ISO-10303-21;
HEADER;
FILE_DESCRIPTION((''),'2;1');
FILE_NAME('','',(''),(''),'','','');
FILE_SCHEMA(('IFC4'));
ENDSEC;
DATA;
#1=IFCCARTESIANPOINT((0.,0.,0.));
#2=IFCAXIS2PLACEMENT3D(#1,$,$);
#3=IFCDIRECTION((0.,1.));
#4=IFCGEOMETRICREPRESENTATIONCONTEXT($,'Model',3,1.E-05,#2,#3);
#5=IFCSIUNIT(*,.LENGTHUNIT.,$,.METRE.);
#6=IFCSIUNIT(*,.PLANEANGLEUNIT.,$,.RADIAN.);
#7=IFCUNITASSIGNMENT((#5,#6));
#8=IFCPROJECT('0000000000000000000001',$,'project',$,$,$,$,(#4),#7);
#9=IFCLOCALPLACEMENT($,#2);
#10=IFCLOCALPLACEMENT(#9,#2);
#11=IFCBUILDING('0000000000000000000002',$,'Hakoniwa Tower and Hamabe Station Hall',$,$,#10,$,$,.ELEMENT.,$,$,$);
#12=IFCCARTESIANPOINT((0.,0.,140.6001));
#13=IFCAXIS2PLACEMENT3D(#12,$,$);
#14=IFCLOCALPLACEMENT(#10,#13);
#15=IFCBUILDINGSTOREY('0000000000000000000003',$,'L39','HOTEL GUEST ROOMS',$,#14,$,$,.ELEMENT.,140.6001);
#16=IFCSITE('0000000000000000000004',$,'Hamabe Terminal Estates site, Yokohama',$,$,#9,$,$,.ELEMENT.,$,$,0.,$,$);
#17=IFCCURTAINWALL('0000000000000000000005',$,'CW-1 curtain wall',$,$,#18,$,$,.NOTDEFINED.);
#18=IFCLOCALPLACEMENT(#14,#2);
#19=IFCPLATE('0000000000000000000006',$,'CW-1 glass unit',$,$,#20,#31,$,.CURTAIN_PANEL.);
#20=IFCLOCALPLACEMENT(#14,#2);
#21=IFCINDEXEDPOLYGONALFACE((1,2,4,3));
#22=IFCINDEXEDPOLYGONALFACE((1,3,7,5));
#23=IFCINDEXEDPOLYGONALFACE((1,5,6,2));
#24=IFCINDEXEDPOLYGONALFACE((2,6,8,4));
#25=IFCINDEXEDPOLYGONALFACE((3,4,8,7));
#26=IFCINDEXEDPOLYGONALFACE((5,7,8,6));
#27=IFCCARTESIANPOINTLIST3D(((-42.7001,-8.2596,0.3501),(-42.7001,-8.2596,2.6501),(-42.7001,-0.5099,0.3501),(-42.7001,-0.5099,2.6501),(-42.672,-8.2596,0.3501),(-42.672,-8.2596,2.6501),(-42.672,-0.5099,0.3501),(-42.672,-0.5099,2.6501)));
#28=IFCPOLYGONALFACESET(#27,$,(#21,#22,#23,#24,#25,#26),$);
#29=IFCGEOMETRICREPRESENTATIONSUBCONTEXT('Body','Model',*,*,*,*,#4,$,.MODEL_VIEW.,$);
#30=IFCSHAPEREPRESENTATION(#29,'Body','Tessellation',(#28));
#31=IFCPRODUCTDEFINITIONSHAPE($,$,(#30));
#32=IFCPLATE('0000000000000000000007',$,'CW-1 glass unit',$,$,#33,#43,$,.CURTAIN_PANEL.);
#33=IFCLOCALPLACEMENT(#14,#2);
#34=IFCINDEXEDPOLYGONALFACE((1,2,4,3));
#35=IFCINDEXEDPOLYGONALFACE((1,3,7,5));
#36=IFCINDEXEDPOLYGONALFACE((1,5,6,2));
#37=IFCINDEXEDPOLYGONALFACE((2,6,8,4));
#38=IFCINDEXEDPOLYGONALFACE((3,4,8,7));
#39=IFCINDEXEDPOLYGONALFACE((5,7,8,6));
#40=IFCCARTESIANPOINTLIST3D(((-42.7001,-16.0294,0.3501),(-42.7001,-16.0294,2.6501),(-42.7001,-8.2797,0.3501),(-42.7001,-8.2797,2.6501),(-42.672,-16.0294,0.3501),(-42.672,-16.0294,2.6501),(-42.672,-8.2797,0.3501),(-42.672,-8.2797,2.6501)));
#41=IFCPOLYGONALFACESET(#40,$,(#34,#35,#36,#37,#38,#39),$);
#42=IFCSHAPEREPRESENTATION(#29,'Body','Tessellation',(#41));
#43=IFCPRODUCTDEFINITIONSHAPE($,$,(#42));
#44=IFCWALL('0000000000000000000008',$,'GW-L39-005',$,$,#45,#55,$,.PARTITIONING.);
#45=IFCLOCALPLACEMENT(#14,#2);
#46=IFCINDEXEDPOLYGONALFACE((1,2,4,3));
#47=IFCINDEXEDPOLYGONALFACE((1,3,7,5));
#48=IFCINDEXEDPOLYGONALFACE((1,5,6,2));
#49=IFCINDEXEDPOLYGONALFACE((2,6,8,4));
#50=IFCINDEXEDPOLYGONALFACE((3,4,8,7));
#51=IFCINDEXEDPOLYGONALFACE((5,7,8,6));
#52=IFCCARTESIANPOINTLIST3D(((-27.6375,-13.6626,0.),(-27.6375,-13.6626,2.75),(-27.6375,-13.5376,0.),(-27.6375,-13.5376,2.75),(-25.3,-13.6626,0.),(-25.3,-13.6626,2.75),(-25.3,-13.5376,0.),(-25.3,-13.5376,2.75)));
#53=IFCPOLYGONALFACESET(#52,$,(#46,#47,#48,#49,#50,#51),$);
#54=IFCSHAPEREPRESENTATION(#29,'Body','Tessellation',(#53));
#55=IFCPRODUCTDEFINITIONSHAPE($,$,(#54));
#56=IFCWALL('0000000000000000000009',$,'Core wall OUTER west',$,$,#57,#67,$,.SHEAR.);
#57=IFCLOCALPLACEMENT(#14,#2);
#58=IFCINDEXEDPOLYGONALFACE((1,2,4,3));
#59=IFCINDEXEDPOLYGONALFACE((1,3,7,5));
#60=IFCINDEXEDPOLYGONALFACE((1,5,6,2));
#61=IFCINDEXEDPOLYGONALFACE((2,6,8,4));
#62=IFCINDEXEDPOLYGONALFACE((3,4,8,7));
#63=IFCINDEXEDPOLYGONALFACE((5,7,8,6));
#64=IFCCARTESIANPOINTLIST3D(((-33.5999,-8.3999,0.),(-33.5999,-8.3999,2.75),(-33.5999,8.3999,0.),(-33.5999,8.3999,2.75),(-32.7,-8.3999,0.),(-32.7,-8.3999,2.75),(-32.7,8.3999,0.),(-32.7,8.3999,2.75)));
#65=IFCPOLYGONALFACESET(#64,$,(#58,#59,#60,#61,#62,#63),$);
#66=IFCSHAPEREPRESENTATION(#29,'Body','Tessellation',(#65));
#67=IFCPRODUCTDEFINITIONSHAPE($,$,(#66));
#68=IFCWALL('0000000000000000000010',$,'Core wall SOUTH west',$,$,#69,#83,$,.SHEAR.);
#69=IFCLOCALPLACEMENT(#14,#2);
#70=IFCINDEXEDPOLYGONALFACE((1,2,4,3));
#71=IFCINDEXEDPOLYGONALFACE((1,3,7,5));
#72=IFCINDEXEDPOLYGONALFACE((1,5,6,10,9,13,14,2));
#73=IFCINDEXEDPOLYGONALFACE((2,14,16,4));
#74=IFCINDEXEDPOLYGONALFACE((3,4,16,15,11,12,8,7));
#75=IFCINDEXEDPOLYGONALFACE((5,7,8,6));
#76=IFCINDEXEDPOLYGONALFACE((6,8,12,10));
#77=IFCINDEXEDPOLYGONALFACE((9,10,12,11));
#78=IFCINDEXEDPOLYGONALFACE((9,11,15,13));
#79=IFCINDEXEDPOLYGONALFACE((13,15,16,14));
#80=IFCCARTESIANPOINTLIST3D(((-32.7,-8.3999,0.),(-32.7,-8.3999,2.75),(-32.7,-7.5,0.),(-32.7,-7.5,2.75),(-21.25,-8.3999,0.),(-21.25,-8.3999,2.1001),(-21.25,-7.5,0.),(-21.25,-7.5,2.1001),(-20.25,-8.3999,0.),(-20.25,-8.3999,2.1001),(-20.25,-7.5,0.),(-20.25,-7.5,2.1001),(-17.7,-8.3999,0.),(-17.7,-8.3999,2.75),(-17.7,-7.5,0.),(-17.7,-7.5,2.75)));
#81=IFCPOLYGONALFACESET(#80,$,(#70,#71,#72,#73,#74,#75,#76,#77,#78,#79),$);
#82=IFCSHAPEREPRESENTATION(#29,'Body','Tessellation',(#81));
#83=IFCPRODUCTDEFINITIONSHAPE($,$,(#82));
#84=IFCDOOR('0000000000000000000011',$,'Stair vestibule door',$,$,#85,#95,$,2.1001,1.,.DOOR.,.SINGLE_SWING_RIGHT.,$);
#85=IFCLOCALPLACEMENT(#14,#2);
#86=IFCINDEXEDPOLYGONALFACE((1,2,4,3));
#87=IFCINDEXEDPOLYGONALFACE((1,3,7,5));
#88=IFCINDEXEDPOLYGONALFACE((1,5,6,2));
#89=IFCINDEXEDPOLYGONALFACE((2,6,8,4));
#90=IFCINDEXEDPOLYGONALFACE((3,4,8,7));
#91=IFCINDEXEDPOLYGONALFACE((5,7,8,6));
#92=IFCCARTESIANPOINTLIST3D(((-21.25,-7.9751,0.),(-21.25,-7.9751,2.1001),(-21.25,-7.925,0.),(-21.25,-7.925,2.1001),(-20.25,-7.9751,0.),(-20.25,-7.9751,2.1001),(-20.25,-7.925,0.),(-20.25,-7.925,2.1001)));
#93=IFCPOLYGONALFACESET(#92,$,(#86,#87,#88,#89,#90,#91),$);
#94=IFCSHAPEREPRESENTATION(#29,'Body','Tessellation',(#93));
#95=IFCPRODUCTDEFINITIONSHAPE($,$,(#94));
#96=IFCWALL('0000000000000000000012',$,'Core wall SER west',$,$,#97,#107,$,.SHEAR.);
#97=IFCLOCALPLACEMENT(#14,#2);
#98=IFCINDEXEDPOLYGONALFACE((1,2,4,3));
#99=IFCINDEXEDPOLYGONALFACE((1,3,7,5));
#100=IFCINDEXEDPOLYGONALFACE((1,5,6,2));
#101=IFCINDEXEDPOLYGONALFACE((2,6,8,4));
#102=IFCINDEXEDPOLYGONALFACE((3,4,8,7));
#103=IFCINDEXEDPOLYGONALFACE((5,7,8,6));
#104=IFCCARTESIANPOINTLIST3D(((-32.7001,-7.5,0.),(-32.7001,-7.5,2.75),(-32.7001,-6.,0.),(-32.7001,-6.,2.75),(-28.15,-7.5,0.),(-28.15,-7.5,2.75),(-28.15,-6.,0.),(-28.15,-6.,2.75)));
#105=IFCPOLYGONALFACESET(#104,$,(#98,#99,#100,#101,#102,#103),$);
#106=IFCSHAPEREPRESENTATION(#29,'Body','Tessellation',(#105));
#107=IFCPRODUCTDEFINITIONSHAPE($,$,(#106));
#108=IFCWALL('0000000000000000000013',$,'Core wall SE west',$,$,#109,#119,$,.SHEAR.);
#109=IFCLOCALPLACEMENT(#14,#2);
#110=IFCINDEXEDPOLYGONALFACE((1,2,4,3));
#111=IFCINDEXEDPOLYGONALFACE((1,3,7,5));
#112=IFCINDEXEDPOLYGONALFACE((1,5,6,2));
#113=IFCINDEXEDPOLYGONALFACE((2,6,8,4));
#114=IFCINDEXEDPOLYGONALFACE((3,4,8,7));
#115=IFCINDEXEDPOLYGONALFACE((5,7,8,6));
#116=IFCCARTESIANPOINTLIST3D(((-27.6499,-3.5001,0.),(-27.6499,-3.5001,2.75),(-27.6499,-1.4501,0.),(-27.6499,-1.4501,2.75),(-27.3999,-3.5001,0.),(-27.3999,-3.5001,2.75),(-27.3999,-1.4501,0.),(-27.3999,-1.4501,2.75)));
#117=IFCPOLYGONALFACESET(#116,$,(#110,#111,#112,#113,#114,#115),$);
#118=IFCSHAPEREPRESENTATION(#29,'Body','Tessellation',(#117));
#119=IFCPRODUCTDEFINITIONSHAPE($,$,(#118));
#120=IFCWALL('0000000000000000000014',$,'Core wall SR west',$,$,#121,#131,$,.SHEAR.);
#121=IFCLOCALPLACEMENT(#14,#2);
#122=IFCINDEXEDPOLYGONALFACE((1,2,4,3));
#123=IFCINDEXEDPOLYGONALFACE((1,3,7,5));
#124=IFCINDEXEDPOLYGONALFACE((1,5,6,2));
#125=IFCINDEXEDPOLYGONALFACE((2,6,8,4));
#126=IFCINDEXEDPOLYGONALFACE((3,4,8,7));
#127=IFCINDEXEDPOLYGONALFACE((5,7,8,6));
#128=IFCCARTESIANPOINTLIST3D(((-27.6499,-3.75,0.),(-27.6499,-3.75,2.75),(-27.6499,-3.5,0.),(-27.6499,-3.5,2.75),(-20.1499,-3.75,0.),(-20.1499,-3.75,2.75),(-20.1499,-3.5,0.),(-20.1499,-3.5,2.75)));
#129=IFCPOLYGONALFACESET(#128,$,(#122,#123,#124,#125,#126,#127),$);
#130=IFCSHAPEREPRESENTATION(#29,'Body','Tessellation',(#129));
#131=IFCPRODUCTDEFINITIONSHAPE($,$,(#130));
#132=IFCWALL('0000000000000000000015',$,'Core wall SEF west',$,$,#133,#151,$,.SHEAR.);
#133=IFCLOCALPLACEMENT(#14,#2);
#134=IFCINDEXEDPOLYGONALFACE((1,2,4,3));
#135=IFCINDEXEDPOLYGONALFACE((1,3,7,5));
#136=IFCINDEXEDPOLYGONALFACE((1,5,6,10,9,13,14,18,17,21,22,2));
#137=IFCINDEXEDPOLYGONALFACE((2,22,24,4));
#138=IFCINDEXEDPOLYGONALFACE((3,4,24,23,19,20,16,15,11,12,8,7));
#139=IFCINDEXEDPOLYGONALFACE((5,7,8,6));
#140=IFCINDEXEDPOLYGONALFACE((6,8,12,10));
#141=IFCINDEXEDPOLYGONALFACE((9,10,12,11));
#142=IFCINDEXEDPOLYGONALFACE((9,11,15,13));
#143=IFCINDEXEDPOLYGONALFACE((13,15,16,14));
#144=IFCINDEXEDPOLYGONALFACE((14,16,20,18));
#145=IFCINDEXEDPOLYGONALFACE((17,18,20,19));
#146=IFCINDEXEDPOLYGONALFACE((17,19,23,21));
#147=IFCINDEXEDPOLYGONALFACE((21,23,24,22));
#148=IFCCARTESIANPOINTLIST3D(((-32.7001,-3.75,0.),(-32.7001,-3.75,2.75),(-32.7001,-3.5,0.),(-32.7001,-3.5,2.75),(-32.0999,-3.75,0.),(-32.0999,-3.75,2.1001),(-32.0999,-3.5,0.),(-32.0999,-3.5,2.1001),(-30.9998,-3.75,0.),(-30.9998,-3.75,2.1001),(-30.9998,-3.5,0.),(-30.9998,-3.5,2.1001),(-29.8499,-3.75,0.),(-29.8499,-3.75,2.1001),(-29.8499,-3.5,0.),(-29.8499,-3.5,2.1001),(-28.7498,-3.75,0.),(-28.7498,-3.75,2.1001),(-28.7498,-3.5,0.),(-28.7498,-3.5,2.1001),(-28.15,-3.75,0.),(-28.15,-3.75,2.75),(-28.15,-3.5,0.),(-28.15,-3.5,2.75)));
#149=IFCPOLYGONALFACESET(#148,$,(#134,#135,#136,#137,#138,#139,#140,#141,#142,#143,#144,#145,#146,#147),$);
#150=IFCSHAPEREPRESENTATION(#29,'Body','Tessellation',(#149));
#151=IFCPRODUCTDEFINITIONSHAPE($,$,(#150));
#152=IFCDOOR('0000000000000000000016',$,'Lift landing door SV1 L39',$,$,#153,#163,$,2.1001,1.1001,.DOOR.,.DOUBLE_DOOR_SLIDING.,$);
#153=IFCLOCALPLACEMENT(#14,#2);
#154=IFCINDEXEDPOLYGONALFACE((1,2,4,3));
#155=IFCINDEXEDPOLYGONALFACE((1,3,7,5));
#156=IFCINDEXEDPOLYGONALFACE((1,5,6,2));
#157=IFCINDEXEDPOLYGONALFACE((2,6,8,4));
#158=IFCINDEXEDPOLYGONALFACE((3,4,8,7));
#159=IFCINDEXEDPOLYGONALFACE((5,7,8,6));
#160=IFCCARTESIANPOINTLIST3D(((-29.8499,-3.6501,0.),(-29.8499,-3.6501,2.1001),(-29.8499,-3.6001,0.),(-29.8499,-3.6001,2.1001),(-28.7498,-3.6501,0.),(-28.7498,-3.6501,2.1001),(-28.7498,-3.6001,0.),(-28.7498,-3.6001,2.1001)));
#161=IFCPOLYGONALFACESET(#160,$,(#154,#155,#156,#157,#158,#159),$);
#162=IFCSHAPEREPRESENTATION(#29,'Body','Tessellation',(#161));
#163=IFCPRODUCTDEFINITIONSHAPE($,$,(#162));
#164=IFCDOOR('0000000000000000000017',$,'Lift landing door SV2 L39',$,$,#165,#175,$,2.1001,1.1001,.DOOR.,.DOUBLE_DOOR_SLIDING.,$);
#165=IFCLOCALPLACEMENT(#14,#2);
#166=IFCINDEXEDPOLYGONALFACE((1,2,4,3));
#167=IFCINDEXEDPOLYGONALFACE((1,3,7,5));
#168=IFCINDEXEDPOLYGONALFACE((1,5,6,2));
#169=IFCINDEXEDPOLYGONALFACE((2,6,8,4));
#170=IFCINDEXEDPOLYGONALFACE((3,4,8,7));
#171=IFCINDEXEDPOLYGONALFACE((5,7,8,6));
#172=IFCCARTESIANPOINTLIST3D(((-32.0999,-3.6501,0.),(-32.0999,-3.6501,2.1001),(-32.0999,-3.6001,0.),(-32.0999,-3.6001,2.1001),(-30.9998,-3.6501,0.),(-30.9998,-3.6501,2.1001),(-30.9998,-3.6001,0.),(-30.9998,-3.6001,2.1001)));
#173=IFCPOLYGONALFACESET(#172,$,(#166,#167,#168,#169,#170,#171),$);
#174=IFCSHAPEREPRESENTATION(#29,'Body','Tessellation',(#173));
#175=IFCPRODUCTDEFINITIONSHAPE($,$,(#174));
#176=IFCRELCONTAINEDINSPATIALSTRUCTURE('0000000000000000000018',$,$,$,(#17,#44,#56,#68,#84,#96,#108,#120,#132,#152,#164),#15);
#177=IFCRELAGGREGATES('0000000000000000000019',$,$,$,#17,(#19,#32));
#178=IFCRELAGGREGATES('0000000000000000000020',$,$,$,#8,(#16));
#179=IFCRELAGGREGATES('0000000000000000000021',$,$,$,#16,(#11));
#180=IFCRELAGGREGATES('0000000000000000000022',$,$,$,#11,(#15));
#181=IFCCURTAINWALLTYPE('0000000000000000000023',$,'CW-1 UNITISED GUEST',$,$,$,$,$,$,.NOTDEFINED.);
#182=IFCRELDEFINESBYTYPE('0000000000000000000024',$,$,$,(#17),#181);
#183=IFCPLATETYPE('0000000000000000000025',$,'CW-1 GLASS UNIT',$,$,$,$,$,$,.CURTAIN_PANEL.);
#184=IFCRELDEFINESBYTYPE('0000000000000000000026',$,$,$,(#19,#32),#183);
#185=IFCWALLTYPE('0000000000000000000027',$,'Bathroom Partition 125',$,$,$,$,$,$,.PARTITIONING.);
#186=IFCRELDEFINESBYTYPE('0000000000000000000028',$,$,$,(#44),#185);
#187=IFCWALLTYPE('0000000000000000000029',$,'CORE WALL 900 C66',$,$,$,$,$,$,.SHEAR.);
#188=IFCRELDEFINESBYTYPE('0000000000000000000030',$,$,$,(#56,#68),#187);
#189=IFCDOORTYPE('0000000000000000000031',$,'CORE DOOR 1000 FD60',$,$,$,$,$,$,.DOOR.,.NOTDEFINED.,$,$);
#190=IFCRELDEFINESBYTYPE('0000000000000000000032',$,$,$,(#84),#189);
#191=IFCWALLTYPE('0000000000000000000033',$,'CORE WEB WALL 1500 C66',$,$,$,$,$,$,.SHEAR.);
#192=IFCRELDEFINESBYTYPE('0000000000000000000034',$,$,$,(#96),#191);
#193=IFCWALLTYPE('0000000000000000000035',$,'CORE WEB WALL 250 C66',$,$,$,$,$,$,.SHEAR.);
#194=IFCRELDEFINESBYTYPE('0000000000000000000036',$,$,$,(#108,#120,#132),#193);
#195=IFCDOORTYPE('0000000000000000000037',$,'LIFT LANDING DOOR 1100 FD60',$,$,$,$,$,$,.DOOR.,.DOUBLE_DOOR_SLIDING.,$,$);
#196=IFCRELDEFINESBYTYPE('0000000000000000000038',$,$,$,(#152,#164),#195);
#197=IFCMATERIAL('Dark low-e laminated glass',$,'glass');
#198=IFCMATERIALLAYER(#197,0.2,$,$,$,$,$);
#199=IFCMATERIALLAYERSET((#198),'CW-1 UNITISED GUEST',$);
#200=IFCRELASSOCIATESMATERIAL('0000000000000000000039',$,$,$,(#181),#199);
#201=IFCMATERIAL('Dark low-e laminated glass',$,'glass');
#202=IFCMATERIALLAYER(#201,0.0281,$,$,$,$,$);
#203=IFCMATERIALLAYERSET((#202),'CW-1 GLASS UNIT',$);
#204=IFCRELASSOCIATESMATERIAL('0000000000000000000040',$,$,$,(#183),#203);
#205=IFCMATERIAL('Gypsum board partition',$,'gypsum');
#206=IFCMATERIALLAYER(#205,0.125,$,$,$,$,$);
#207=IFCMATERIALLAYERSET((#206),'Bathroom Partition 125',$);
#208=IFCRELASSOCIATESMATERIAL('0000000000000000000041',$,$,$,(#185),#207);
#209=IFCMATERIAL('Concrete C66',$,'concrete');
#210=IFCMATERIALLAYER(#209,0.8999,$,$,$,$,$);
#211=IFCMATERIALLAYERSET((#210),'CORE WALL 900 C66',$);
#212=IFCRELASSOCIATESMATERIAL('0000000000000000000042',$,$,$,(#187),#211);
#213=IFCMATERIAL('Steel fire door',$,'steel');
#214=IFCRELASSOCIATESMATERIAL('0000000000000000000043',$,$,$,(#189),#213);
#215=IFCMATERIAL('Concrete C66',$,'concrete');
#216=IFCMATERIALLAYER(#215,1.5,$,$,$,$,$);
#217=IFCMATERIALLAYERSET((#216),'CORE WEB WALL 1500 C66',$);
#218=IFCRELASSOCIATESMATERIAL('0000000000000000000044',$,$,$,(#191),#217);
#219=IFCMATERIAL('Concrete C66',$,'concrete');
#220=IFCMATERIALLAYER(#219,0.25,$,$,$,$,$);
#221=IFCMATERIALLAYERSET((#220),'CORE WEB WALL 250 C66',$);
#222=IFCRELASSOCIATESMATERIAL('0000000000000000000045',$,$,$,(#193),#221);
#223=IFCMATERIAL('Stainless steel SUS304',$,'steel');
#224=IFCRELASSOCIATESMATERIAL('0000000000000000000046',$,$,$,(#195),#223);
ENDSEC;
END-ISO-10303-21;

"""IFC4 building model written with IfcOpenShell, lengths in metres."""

from ifc_helpers import new_model, si_unit, direction, frame, frame_2d, origin, origin_2d, place, context, subcontext, project, spatial, rectangle, extrude, material, layer, layer_set, type_object, element, fill, aggregate, save


model = new_model("IFC4")

# Units and contexts
model_context = context("Model", 3, precision=1e-05, world=origin(), true_north=direction((0.0, 1.0)))
body_context = subcontext(model_context, "Body", "Model", "MODEL_VIEW")
ifc_project = project(units=[si_unit("LENGTHUNIT", "METRE"), si_unit("PLANEANGLEUNIT", "RADIAN")], contexts=[model_context])

# Site, building, storey
site_placement = place(None, origin())
site = spatial("IfcSite", under=ifc_project, at=site_placement, Name="Hamabe Terminal Estates site, Yokohama", CompositionType="ELEMENT", RefElevation=0.0)
building_placement = place(site_placement, origin())
building = spatial("IfcBuilding", under=site, at=building_placement, Name="Hakoniwa Tower and Hamabe Station Hall", CompositionType="ELEMENT")
storey_placement = place(building_placement, frame((0.0, 0.0, 140.6001)))
storey = spatial("IfcBuildingStorey", under=building, at=storey_placement, Name="L39", Description="HOTEL GUEST ROOMS", CompositionType="ELEMENT", Elevation=140.6001)

# Curtain wall, plates
ifc_material_1 = material(Name="Dark low-e laminated glass", Category="glass")
ifc_layer_1 = layer(ifc_material_1, 0.2)
ifc_layer_set_1 = layer_set([ifc_layer_1], Name="CW-1 UNITISED GUEST")
curtain_wall_type = type_object("IfcCurtainWallType", Name="CW-1 UNITISED GUEST", PredefinedType="NOTDEFINED", material=ifc_layer_set_1)
curtain_wall_placement = place(storey_placement, origin())
curtain_wall = element("IfcCurtainWall", 1, at=curtain_wall_placement, inside=storey, type_object=curtain_wall_type, Name="CW-1 curtain wall", PredefinedType="NOTDEFINED")
ifc_material_2 = material(Name="Dark low-e laminated glass", Category="glass")
ifc_layer_2 = layer(ifc_material_2, 0.0281)
ifc_layer_set_2 = layer_set([ifc_layer_2], Name="CW-1 GLASS UNIT")
plate_type = type_object("IfcPlateType", Name="CW-1 GLASS UNIT", PredefinedType="CURTAIN_PANEL", material=ifc_layer_set_2)
plate_1_placement = place(storey_placement, frame((-42.686, -4.3848, 0.3501), z_axis=(0.0, 0.0, 1.0), x_axis=(0.0, -1.0, 0.0)))
plate_1 = element("IfcPlate", 2, at=plate_1_placement, type_object=plate_type, Name="CW-1 glass unit", PredefinedType="CURTAIN_PANEL", context=body_context, shape_type="SweptSolid", body=[
    extrude(rectangle(XDim=7.7498, YDim=0.0281, at=origin_2d()), origin(), (0.0, 0.0, 1.0), 2.3),
])
plate_2_placement = place(storey_placement, frame((-42.686, -12.1545, 0.3501), z_axis=(0.0, 0.0, 1.0), x_axis=(0.0, -1.0, 0.0)))
plate_2 = element("IfcPlate", 3, at=plate_2_placement, type_object=plate_type, Name="CW-1 glass unit", PredefinedType="CURTAIN_PANEL", context=body_context, shape_type="SweptSolid", body=[
    extrude(rectangle(XDim=7.7498, YDim=0.0281, at=origin_2d()), origin(), (0.0, 0.0, 1.0), 2.3),
])
aggregate(curtain_wall, [plate_1, plate_2])

# Walls
ifc_material_3 = material(Name="Gypsum board partition", Category="gypsum")
ifc_layer_3 = layer(ifc_material_3, 0.125)
ifc_layer_set_3 = layer_set([ifc_layer_3], Name="Bathroom Partition 125")
wall_type_1 = type_object("IfcWallType", Name="Bathroom Partition 125", PredefinedType="PARTITIONING", material=ifc_layer_set_3)
wall_1_placement = place(storey_placement, frame((-27.6375, -13.6001, 0.0), z_axis=(0.0, 0.0, 1.0), x_axis=(1.0, 0.0, 0.0)))
element("IfcWall", 4, at=wall_1_placement, inside=storey, type_object=wall_type_1, Name="GW-L39-005", PredefinedType="PARTITIONING", context=body_context, shape_type="SweptSolid", body=[
    extrude(rectangle(XDim=2.3374, YDim=0.125, at=frame_2d((1.1687, 0.0))), origin(), (0.0, 0.0, 1.0), 2.75),
])
ifc_material_4 = material(Name="Concrete C66", Category="concrete")
ifc_layer_4 = layer(ifc_material_4, 0.8999)
ifc_layer_set_4 = layer_set([ifc_layer_4], Name="CORE WALL 900 C66")
wall_type_2 = type_object("IfcWallType", Name="CORE WALL 900 C66", PredefinedType="SHEAR", material=ifc_layer_set_4)
wall_2_placement = place(storey_placement, frame((-33.1499, -8.3999, 0.0), z_axis=(0.0, 0.0, 1.0), x_axis=(0.0, 1.0, 0.0)))
element("IfcWall", 5, at=wall_2_placement, inside=storey, type_object=wall_type_2, Name="Core wall OUTER west", PredefinedType="SHEAR", context=body_context, shape_type="SweptSolid", body=[
    extrude(rectangle(XDim=16.7998, YDim=0.8999, at=frame_2d((8.3999, 0.0))), origin(), (0.0, 0.0, 1.0), 2.75),
])

# Wall, opening, door
wall_3_placement = place(storey_placement, frame((-32.7, -7.95, 0.0), z_axis=(0.0, 0.0, 1.0), x_axis=(1.0, 0.0, 0.0)))
wall_3 = element("IfcWall", 6, at=wall_3_placement, inside=storey, type_object=wall_type_2, Name="Core wall SOUTH west", PredefinedType="SHEAR", context=body_context, shape_type="SweptSolid", body=[
    extrude(rectangle(XDim=15.0, YDim=0.8999, at=frame_2d((7.5, 0.0))), origin(), (0.0, 0.0, 1.0), 2.75),
])
opening_1_placement = place(wall_3_placement, frame((11.45, 0.0, 0.0)))
opening_1 = element("IfcOpeningElement", 7, at=opening_1_placement, cuts=wall_3, PredefinedType="OPENING", context=body_context, shape_type="SweptSolid", body=[
    extrude(rectangle(XDim=1.0, YDim=2.1001, at=frame_2d((0.5, 1.05))), frame((0.0, 0.46, 0.0), z_axis=(0.0, -1.0, 0.0), x_axis=(1.0, 0.0, 0.0)), (0.0, 0.0, 1.0), 0.9199),
])
ifc_material_5 = material(Name="Steel fire door", Category="steel")
door_type_1 = type_object("IfcDoorType", Name="CORE DOOR 1000 FD60", OperationType="NOTDEFINED", PredefinedType="DOOR", material=ifc_material_5)
door_1_placement = place(opening_1_placement, origin())
door_1 = element("IfcDoor", 8, at=door_1_placement, inside=storey, type_object=door_type_1, Name="Stair vestibule door", OperationType="SINGLE_SWING_RIGHT", OverallHeight=2.1001, OverallWidth=1.0, PredefinedType="DOOR", context=body_context, shape_type="SweptSolid", body=[
    extrude(rectangle(XDim=1.0, YDim=2.1001, at=frame_2d((0.5, 1.05))), frame((0.0, 0.0249, 0.0), z_axis=(0.0, -1.0, 0.0), x_axis=(1.0, 0.0, 0.0)), (0.0, 0.0, 1.0), 0.05),
])
fill(opening_1, door_1)

# Walls
ifc_material_6 = material(Name="Concrete C66", Category="concrete")
ifc_layer_5 = layer(ifc_material_6, 1.5)
ifc_layer_set_5 = layer_set([ifc_layer_5], Name="CORE WEB WALL 1500 C66")
wall_type_3 = type_object("IfcWallType", Name="CORE WEB WALL 1500 C66", PredefinedType="SHEAR", material=ifc_layer_set_5)
wall_4_placement = place(storey_placement, frame((-32.7, -6.75, 0.0), z_axis=(0.0, 0.0, 1.0), x_axis=(1.0, 0.0, 0.0)))
element("IfcWall", 9, at=wall_4_placement, inside=storey, type_object=wall_type_3, Name="Core wall SER west", PredefinedType="SHEAR", context=body_context, shape_type="SweptSolid", body=[
    extrude(rectangle(XDim=4.55, YDim=1.5, at=frame_2d((2.2749, 0.0))), origin(), (0.0, 0.0, 1.0), 2.75),
])
ifc_material_7 = material(Name="Concrete C66", Category="concrete")
ifc_layer_6 = layer(ifc_material_7, 0.25)
ifc_layer_set_6 = layer_set([ifc_layer_6], Name="CORE WEB WALL 250 C66")
wall_type_4 = type_object("IfcWallType", Name="CORE WEB WALL 250 C66", PredefinedType="SHEAR", material=ifc_layer_set_6)
wall_5_placement = place(storey_placement, frame((-27.5249, -3.5, 0.0), z_axis=(0.0, 0.0, 1.0), x_axis=(0.0, 1.0, 0.0)))
element("IfcWall", 10, at=wall_5_placement, inside=storey, type_object=wall_type_4, Name="Core wall SE west", PredefinedType="SHEAR", context=body_context, shape_type="SweptSolid", body=[
    extrude(rectangle(XDim=2.05, YDim=0.25, at=frame_2d((1.0249, 0.0))), origin(), (0.0, 0.0, 1.0), 2.75),
])
wall_6_placement = place(storey_placement, frame((-27.6499, -3.625, 0.0), z_axis=(0.0, 0.0, 1.0), x_axis=(1.0, 0.0, 0.0)))
element("IfcWall", 11, at=wall_6_placement, inside=storey, type_object=wall_type_4, Name="Core wall SR west", PredefinedType="SHEAR", context=body_context, shape_type="SweptSolid", body=[
    extrude(rectangle(XDim=7.5, YDim=0.25, at=frame_2d((3.75, 0.0))), origin(), (0.0, 0.0, 1.0), 2.75),
])

# Wall, openings, doors
wall_7_placement = place(storey_placement, frame((-32.7, -3.625, 0.0), z_axis=(0.0, 0.0, 1.0), x_axis=(1.0, 0.0, 0.0)))
wall_7 = element("IfcWall", 12, at=wall_7_placement, inside=storey, type_object=wall_type_4, Name="Core wall SEF west", PredefinedType="SHEAR", context=body_context, shape_type="SweptSolid", body=[
    extrude(rectangle(XDim=4.55, YDim=0.25, at=frame_2d((2.2749, 0.0))), origin(), (0.0, 0.0, 1.0), 2.75),
])
opening_2_placement = place(wall_7_placement, frame((2.8501, 0.0, 0.0)))
opening_2 = element("IfcOpeningElement", 13, at=opening_2_placement, cuts=wall_7, PredefinedType="OPENING", context=body_context, shape_type="SweptSolid", body=[
    extrude(rectangle(XDim=1.1001, YDim=2.1001, at=frame_2d((0.55, 1.05))), frame((0.0, 0.135, 0.0), z_axis=(0.0, -1.0, 0.0), x_axis=(1.0, 0.0, 0.0)), (0.0, 0.0, 1.0), 0.27),
])
opening_3_placement = place(wall_7_placement, frame((0.6001, 0.0, 0.0)))
opening_3 = element("IfcOpeningElement", 14, at=opening_3_placement, cuts=wall_7, PredefinedType="OPENING", context=body_context, shape_type="SweptSolid", body=[
    extrude(rectangle(XDim=1.1001, YDim=2.1001, at=frame_2d((0.55, 1.05))), frame((0.0, 0.135, 0.0), z_axis=(0.0, -1.0, 0.0), x_axis=(1.0, 0.0, 0.0)), (0.0, 0.0, 1.0), 0.27),
])
ifc_material_8 = material(Name="Stainless steel SUS304", Category="steel")
door_type_2 = type_object("IfcDoorType", Name="LIFT LANDING DOOR 1100 FD60", OperationType="DOUBLE_DOOR_SLIDING", PredefinedType="DOOR", material=ifc_material_8)
door_2_placement = place(opening_2_placement, origin())
door_2 = element("IfcDoor", 15, at=door_2_placement, inside=storey, type_object=door_type_2, Name="Lift landing door SV1 L39", OperationType="DOUBLE_DOOR_SLIDING", OverallHeight=2.1001, OverallWidth=1.1001, PredefinedType="DOOR", context=body_context, shape_type="SweptSolid", body=[
    extrude(rectangle(XDim=1.1001, YDim=2.1001, at=frame_2d((0.55, 1.05))), frame((0.0, 0.0249, 0.0), z_axis=(0.0, -1.0, 0.0), x_axis=(1.0, 0.0, 0.0)), (0.0, 0.0, 1.0), 0.05),
])
fill(opening_2, door_2)
door_3_placement = place(opening_3_placement, origin())
door_3 = element("IfcDoor", 16, at=door_3_placement, inside=storey, type_object=door_type_2, Name="Lift landing door SV2 L39", OperationType="DOUBLE_DOOR_SLIDING", OverallHeight=2.1001, OverallWidth=1.1001, PredefinedType="DOOR", context=body_context, shape_type="SweptSolid", body=[
    extrude(rectangle(XDim=1.1001, YDim=2.1001, at=frame_2d((0.55, 1.05))), frame((0.0, 0.0249, 0.0), z_axis=(0.0, -1.0, 0.0), x_axis=(1.0, 0.0, 0.0)), (0.0, 0.0, 1.0), 0.05),
])
fill(opening_3, door_3)

save(model, "model.ifc")
